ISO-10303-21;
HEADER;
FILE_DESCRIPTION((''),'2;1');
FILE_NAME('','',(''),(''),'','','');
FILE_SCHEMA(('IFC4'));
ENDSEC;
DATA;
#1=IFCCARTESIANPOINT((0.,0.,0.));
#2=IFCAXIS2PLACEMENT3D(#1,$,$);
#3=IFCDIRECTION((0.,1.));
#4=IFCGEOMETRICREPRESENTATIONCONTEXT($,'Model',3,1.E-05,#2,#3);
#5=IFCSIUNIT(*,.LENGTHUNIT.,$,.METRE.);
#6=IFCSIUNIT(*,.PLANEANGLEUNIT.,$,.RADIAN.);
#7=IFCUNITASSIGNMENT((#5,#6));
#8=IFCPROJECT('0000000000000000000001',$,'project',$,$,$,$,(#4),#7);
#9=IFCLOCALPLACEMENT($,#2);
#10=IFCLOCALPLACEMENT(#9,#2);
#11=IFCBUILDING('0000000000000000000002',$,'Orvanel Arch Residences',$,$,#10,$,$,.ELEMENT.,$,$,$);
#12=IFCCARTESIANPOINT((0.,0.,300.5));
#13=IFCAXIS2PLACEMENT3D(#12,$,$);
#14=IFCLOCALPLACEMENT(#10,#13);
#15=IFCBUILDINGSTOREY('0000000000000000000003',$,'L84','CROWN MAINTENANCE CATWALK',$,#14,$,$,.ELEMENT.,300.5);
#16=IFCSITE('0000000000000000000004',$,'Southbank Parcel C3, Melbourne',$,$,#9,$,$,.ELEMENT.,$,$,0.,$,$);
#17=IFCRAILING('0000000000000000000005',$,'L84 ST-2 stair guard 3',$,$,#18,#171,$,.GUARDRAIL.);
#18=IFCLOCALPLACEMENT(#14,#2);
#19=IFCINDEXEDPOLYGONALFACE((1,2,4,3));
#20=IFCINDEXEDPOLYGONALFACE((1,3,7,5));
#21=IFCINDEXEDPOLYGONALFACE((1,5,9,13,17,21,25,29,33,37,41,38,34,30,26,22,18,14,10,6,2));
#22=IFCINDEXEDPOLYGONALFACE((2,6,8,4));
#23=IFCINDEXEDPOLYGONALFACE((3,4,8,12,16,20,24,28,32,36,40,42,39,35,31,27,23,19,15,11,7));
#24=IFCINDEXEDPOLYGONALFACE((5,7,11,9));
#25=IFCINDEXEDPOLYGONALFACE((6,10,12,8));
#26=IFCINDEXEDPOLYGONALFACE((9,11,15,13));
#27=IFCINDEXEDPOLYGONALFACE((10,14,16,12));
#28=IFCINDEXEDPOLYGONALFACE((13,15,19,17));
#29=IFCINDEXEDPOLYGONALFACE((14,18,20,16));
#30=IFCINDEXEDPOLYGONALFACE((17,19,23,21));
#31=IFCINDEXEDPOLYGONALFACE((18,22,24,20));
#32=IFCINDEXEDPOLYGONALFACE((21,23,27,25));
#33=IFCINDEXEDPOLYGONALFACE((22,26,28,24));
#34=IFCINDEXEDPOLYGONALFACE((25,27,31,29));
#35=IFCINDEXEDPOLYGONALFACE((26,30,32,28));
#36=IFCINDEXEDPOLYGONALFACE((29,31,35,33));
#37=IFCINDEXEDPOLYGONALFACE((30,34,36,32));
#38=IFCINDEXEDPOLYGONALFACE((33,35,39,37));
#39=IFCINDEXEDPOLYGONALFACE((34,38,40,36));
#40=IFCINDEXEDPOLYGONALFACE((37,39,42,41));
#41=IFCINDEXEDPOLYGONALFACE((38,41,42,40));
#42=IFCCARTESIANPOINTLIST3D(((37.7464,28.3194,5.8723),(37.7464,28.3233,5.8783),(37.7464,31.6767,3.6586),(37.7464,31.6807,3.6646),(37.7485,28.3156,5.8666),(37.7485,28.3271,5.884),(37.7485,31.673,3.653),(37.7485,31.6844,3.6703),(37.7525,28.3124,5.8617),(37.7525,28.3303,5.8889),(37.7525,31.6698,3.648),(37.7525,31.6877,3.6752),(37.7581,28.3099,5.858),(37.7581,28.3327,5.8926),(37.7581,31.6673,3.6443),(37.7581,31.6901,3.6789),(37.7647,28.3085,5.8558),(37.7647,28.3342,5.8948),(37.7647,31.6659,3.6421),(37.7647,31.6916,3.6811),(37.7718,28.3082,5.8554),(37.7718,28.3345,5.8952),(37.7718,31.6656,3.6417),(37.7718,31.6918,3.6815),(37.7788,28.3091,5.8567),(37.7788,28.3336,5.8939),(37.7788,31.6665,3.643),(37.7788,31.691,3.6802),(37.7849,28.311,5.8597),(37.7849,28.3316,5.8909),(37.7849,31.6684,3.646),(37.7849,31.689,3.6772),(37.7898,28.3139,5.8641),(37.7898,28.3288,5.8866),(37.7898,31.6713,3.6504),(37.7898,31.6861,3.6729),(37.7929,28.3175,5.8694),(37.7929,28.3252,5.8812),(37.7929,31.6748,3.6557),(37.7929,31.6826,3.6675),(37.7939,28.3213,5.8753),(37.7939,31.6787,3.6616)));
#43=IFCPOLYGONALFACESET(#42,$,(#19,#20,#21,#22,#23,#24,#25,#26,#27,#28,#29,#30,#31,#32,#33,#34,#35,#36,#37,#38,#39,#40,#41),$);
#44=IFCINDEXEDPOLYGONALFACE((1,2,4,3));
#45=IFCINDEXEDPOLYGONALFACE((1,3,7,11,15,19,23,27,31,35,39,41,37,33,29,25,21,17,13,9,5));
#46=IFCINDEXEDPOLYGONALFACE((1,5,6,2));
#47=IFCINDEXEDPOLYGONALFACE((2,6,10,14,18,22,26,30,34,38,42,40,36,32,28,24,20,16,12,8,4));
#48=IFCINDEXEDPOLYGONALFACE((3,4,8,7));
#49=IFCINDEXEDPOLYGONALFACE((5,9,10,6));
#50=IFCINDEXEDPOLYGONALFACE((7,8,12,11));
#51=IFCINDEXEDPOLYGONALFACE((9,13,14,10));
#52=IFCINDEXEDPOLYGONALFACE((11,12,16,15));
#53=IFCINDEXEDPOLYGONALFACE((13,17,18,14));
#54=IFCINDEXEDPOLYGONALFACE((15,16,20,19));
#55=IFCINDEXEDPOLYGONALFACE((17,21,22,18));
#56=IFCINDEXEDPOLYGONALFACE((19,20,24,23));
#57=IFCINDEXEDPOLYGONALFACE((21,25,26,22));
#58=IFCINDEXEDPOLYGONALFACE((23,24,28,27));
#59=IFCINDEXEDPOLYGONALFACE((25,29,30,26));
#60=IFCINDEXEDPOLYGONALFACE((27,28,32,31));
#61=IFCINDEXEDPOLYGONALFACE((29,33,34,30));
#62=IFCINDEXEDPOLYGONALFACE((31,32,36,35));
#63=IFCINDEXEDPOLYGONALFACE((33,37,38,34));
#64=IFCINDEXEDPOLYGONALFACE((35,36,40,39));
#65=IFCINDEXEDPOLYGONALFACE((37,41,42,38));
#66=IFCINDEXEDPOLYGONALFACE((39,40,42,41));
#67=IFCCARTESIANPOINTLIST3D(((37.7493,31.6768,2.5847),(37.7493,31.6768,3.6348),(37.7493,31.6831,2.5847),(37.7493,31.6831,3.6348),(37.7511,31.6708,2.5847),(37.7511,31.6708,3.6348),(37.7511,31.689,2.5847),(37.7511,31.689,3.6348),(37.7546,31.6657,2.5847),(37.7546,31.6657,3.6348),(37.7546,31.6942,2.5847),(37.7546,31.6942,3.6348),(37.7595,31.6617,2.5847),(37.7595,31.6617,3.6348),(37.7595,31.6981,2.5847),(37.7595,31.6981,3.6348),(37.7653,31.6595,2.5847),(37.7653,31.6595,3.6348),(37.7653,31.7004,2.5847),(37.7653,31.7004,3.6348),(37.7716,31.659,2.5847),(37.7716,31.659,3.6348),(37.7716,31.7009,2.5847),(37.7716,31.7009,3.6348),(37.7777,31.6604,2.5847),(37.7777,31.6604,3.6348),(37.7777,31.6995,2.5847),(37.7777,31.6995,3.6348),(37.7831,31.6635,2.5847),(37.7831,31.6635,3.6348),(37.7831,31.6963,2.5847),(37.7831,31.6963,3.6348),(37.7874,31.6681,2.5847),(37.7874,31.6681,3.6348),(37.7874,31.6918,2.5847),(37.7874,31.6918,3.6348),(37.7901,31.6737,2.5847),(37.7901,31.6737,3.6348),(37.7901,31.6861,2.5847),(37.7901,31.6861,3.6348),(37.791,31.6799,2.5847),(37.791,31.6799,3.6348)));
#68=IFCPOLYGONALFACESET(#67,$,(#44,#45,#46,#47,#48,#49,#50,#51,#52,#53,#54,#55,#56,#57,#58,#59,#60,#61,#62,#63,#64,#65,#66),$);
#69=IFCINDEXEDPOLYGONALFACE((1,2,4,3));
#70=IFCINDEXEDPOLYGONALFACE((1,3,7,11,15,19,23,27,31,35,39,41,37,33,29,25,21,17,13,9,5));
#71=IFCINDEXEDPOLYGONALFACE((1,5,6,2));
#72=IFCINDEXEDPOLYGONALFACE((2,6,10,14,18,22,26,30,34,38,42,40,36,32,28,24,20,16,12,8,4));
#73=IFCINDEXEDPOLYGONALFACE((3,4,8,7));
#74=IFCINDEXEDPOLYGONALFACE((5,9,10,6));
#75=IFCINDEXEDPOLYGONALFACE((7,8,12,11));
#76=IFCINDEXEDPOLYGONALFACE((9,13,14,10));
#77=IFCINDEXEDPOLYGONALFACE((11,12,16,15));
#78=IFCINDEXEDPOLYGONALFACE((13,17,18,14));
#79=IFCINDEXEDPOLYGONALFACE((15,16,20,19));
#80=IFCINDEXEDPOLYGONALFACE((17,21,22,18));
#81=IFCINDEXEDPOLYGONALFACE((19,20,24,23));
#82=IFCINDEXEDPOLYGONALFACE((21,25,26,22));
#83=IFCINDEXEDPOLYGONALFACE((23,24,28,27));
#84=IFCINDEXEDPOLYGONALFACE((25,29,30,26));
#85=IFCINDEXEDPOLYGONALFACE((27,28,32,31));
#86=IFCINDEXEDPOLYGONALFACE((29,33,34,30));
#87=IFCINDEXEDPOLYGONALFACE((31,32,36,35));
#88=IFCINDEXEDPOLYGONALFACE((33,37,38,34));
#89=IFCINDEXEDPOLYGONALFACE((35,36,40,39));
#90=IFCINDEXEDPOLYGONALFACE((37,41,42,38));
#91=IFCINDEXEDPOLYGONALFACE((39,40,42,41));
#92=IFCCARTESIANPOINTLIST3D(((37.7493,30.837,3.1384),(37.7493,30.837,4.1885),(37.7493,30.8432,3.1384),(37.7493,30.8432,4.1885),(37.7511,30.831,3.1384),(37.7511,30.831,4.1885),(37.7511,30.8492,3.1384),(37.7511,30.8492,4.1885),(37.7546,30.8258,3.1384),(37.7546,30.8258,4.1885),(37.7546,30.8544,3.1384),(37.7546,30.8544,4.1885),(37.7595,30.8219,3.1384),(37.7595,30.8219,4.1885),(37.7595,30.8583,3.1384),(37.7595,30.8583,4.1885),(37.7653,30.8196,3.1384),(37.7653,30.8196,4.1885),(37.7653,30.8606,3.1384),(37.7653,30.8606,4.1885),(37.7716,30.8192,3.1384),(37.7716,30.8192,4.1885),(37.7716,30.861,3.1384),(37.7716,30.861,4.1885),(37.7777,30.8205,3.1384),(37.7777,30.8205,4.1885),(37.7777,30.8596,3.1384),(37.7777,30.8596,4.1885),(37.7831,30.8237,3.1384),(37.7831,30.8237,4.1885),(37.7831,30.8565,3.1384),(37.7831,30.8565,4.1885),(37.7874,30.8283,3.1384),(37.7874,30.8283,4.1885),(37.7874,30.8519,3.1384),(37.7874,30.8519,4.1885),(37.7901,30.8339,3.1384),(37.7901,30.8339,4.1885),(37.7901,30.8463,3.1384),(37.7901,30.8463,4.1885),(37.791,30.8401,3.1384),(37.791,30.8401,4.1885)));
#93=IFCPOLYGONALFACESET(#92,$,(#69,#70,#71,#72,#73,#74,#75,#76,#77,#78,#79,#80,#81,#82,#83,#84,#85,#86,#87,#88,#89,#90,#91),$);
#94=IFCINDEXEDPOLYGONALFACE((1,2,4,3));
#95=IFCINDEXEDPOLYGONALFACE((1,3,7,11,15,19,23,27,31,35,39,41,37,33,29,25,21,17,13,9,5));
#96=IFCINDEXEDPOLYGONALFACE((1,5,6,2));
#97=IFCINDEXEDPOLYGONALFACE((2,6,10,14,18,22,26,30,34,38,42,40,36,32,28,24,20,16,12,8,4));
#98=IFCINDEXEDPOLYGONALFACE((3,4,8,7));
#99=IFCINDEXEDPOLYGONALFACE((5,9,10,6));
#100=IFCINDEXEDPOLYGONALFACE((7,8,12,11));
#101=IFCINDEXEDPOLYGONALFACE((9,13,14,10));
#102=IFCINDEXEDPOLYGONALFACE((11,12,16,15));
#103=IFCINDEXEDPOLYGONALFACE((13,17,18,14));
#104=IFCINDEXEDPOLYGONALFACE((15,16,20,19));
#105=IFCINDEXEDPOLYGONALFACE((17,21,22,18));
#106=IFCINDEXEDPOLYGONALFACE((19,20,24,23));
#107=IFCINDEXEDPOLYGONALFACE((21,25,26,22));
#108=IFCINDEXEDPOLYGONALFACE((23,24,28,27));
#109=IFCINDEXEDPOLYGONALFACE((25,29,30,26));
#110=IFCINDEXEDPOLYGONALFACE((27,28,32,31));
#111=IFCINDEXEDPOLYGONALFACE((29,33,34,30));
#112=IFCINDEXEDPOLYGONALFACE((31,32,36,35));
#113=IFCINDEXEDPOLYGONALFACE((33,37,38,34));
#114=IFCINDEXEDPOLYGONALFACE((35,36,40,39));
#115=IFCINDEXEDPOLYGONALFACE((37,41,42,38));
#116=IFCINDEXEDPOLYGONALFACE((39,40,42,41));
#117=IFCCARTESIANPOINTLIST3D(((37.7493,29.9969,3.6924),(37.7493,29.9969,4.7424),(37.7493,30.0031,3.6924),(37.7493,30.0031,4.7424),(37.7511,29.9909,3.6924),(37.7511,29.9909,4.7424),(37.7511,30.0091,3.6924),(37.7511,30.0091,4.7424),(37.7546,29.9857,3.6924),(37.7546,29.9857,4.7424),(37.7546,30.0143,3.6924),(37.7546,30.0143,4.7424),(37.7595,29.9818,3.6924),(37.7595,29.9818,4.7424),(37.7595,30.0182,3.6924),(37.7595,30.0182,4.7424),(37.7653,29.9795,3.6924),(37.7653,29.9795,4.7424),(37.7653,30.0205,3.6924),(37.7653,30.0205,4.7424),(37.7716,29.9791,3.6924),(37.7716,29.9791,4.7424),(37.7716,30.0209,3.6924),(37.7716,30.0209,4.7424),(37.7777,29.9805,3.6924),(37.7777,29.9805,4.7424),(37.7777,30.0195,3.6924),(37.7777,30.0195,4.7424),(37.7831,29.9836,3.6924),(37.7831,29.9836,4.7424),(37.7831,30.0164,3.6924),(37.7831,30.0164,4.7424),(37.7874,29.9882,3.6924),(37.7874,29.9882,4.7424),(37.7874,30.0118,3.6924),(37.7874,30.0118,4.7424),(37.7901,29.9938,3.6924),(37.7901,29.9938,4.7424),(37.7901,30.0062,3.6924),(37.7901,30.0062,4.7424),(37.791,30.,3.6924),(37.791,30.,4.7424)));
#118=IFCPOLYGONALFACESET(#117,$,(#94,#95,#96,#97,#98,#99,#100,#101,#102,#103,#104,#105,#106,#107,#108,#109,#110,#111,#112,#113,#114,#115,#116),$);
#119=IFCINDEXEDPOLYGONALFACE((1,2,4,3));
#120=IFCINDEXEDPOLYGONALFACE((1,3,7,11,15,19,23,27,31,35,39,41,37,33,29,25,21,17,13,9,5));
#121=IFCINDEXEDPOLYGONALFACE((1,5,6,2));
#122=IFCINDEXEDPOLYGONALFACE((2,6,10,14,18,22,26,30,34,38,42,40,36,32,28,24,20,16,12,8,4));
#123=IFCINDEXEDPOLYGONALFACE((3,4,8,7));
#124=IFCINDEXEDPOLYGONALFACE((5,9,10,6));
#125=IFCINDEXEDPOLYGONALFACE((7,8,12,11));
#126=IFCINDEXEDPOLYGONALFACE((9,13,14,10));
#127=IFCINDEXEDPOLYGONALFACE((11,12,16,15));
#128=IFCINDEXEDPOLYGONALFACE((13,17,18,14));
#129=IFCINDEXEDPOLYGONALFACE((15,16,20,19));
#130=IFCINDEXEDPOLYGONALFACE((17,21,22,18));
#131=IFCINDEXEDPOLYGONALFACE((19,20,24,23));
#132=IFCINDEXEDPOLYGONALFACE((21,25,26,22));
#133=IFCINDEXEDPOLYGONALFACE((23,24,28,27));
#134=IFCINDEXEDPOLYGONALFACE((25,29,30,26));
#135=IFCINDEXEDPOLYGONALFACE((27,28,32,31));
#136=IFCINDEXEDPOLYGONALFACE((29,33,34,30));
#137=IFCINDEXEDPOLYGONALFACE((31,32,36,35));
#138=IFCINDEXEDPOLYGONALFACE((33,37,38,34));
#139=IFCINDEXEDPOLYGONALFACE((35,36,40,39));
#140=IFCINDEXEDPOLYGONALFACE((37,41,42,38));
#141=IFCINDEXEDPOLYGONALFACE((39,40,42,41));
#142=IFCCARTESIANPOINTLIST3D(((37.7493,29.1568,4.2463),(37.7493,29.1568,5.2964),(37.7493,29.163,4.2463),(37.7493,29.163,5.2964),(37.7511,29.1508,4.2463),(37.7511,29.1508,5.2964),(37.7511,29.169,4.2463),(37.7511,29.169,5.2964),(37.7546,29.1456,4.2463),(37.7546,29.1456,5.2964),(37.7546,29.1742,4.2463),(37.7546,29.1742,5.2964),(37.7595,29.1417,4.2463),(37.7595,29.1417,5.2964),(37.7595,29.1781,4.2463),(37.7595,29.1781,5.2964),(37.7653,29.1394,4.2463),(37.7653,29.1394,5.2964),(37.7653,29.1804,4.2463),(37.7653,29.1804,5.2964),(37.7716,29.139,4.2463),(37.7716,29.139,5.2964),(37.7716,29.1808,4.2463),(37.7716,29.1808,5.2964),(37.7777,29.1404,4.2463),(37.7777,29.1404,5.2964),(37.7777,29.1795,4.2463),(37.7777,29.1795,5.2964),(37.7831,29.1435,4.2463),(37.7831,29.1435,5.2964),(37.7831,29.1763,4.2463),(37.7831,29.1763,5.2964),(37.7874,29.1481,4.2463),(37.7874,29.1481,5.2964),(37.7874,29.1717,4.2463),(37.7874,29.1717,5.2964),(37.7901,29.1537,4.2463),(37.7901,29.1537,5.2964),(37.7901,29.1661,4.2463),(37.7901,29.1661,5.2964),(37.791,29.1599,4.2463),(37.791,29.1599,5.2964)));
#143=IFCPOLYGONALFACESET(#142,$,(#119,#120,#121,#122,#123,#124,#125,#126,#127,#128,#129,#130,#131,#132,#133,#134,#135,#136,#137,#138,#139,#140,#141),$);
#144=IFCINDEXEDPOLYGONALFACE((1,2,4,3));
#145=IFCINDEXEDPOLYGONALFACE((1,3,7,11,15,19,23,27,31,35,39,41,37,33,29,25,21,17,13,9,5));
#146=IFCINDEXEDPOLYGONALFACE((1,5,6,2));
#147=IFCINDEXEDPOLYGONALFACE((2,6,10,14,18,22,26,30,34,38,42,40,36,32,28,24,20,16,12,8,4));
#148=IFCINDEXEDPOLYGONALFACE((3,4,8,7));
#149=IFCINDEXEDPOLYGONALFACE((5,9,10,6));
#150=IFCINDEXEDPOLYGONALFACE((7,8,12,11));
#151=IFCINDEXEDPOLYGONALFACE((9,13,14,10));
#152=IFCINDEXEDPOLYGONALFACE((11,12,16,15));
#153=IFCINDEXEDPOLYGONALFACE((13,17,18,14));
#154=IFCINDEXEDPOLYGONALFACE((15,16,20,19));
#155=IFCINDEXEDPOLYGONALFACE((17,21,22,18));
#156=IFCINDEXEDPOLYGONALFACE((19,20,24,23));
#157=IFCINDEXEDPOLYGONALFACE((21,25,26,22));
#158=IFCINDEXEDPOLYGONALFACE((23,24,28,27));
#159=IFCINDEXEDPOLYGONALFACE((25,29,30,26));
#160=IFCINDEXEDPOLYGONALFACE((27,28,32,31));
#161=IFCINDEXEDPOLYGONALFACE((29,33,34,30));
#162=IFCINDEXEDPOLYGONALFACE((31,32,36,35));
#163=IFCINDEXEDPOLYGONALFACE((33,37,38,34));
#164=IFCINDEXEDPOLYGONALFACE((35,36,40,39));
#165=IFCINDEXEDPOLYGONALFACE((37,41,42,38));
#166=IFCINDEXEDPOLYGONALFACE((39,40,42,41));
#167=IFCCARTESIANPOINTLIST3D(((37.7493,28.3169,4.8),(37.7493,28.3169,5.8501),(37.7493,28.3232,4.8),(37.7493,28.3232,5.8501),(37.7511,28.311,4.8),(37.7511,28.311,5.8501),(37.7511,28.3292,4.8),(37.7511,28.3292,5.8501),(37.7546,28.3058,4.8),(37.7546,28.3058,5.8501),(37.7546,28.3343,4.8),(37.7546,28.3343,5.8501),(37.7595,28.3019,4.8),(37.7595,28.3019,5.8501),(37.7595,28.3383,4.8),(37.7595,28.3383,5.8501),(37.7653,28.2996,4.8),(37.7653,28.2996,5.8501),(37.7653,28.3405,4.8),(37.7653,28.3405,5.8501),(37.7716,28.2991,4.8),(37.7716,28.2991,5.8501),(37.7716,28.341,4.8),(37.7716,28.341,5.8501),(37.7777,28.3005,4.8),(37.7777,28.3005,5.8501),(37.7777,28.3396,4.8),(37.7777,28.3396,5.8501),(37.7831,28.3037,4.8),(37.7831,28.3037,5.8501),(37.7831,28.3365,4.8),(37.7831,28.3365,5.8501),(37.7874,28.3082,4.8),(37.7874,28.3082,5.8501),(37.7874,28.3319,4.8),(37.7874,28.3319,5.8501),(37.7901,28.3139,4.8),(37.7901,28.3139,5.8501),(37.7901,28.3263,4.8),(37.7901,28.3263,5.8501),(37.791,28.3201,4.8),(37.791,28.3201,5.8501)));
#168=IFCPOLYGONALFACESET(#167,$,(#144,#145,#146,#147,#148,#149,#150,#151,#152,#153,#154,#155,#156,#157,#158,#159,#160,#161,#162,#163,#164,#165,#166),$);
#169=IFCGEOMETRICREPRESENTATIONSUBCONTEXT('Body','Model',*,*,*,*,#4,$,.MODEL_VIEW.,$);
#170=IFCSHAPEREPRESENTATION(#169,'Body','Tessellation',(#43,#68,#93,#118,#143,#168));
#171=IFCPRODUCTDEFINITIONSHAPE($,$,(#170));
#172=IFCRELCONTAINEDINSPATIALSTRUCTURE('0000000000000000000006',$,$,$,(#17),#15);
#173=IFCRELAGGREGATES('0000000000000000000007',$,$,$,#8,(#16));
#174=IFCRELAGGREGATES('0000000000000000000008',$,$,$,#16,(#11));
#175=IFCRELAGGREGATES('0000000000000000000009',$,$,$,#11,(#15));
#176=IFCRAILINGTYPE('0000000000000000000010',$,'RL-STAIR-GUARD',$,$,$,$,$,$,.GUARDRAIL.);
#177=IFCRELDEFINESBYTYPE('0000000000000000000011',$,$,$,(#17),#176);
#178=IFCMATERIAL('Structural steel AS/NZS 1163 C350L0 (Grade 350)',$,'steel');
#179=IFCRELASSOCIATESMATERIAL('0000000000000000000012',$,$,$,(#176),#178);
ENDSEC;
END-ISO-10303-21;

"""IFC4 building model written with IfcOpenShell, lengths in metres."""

from ifc_helpers import new_model, si_unit, direction, frame, origin, origin_2d, place, context, subcontext, project, spatial, circle, extrude, material, type_object, element, save


model = new_model("IFC4")

# Units and contexts
model_context = context("Model", 3, precision=1e-05, world=origin(), true_north=direction((0.0, 1.0)))
body_context = subcontext(model_context, "Body", "Model", "MODEL_VIEW")
ifc_project = project(units=[si_unit("LENGTHUNIT", "METRE"), si_unit("PLANEANGLEUNIT", "RADIAN")], contexts=[model_context])

# Site, building, storey
site_placement = place(None, origin())
site = spatial("IfcSite", under=ifc_project, at=site_placement, Name="Southbank Parcel C3, Melbourne", CompositionType="ELEMENT", RefElevation=0.0)
building_placement = place(site_placement, origin())
building = spatial("IfcBuilding", under=site, at=building_placement, Name="Orvanel Arch Residences", CompositionType="ELEMENT")
storey_placement = place(building_placement, frame((0.0, 0.0, 300.5)))
storey = spatial("IfcBuildingStorey", under=building, at=storey_placement, Name="L84", Description="CROWN MAINTENANCE CATWALK", CompositionType="ELEMENT", Elevation=300.5)

# Shared definitions
ifc_material_1 = material(Name="Structural steel AS/NZS 1163 C350L0 (Grade 350)", Category="steel")

# Railing
railing_type_1 = type_object("IfcRailingType", Name="RL-STAIR-GUARD", PredefinedType="GUARDRAIL", material=ifc_material_1)
railing_1_placement = place(storey_placement, frame((37.77, 31.6799, 2.5847)))
element("IfcRailing", 1, at=railing_1_placement, inside=storey, type_object=railing_type_1, Name="L84 ST-2 stair guard 3", PredefinedType="GUARDRAIL", context=body_context, shape_type="SweptSolid", body=[
    extrude(circle(Radius=0.0239, at=origin_2d()), frame((0.0, -0.0012, 1.0769), z_axis=(0.0, -0.834858, 0.550465), x_axis=(1.0, 0.0, 0.0)), (0.0, 0.0, 1.0), 4.0215),
    extrude(circle(Radius=0.021, at=origin_2d()), origin(), (0.0, 0.0, 1.0), 1.05),
    extrude(circle(Radius=0.021, at=origin_2d()), frame((0.0, -0.8398, 0.5537)), (0.0, 0.0, 1.0), 1.05),
    extrude(circle(Radius=0.021, at=origin_2d()), frame((0.0, -1.6799, 1.1077)), (0.0, 0.0, 1.0), 1.05),
    extrude(circle(Radius=0.021, at=origin_2d()), frame((0.0, -2.52, 1.6616)), (0.0, 0.0, 1.0), 1.05),
    extrude(circle(Radius=0.021, at=origin_2d()), frame((0.0, -3.3599, 2.2153)), (0.0, 0.0, 1.0), 1.05),
])

save(model, "model.ifc")
